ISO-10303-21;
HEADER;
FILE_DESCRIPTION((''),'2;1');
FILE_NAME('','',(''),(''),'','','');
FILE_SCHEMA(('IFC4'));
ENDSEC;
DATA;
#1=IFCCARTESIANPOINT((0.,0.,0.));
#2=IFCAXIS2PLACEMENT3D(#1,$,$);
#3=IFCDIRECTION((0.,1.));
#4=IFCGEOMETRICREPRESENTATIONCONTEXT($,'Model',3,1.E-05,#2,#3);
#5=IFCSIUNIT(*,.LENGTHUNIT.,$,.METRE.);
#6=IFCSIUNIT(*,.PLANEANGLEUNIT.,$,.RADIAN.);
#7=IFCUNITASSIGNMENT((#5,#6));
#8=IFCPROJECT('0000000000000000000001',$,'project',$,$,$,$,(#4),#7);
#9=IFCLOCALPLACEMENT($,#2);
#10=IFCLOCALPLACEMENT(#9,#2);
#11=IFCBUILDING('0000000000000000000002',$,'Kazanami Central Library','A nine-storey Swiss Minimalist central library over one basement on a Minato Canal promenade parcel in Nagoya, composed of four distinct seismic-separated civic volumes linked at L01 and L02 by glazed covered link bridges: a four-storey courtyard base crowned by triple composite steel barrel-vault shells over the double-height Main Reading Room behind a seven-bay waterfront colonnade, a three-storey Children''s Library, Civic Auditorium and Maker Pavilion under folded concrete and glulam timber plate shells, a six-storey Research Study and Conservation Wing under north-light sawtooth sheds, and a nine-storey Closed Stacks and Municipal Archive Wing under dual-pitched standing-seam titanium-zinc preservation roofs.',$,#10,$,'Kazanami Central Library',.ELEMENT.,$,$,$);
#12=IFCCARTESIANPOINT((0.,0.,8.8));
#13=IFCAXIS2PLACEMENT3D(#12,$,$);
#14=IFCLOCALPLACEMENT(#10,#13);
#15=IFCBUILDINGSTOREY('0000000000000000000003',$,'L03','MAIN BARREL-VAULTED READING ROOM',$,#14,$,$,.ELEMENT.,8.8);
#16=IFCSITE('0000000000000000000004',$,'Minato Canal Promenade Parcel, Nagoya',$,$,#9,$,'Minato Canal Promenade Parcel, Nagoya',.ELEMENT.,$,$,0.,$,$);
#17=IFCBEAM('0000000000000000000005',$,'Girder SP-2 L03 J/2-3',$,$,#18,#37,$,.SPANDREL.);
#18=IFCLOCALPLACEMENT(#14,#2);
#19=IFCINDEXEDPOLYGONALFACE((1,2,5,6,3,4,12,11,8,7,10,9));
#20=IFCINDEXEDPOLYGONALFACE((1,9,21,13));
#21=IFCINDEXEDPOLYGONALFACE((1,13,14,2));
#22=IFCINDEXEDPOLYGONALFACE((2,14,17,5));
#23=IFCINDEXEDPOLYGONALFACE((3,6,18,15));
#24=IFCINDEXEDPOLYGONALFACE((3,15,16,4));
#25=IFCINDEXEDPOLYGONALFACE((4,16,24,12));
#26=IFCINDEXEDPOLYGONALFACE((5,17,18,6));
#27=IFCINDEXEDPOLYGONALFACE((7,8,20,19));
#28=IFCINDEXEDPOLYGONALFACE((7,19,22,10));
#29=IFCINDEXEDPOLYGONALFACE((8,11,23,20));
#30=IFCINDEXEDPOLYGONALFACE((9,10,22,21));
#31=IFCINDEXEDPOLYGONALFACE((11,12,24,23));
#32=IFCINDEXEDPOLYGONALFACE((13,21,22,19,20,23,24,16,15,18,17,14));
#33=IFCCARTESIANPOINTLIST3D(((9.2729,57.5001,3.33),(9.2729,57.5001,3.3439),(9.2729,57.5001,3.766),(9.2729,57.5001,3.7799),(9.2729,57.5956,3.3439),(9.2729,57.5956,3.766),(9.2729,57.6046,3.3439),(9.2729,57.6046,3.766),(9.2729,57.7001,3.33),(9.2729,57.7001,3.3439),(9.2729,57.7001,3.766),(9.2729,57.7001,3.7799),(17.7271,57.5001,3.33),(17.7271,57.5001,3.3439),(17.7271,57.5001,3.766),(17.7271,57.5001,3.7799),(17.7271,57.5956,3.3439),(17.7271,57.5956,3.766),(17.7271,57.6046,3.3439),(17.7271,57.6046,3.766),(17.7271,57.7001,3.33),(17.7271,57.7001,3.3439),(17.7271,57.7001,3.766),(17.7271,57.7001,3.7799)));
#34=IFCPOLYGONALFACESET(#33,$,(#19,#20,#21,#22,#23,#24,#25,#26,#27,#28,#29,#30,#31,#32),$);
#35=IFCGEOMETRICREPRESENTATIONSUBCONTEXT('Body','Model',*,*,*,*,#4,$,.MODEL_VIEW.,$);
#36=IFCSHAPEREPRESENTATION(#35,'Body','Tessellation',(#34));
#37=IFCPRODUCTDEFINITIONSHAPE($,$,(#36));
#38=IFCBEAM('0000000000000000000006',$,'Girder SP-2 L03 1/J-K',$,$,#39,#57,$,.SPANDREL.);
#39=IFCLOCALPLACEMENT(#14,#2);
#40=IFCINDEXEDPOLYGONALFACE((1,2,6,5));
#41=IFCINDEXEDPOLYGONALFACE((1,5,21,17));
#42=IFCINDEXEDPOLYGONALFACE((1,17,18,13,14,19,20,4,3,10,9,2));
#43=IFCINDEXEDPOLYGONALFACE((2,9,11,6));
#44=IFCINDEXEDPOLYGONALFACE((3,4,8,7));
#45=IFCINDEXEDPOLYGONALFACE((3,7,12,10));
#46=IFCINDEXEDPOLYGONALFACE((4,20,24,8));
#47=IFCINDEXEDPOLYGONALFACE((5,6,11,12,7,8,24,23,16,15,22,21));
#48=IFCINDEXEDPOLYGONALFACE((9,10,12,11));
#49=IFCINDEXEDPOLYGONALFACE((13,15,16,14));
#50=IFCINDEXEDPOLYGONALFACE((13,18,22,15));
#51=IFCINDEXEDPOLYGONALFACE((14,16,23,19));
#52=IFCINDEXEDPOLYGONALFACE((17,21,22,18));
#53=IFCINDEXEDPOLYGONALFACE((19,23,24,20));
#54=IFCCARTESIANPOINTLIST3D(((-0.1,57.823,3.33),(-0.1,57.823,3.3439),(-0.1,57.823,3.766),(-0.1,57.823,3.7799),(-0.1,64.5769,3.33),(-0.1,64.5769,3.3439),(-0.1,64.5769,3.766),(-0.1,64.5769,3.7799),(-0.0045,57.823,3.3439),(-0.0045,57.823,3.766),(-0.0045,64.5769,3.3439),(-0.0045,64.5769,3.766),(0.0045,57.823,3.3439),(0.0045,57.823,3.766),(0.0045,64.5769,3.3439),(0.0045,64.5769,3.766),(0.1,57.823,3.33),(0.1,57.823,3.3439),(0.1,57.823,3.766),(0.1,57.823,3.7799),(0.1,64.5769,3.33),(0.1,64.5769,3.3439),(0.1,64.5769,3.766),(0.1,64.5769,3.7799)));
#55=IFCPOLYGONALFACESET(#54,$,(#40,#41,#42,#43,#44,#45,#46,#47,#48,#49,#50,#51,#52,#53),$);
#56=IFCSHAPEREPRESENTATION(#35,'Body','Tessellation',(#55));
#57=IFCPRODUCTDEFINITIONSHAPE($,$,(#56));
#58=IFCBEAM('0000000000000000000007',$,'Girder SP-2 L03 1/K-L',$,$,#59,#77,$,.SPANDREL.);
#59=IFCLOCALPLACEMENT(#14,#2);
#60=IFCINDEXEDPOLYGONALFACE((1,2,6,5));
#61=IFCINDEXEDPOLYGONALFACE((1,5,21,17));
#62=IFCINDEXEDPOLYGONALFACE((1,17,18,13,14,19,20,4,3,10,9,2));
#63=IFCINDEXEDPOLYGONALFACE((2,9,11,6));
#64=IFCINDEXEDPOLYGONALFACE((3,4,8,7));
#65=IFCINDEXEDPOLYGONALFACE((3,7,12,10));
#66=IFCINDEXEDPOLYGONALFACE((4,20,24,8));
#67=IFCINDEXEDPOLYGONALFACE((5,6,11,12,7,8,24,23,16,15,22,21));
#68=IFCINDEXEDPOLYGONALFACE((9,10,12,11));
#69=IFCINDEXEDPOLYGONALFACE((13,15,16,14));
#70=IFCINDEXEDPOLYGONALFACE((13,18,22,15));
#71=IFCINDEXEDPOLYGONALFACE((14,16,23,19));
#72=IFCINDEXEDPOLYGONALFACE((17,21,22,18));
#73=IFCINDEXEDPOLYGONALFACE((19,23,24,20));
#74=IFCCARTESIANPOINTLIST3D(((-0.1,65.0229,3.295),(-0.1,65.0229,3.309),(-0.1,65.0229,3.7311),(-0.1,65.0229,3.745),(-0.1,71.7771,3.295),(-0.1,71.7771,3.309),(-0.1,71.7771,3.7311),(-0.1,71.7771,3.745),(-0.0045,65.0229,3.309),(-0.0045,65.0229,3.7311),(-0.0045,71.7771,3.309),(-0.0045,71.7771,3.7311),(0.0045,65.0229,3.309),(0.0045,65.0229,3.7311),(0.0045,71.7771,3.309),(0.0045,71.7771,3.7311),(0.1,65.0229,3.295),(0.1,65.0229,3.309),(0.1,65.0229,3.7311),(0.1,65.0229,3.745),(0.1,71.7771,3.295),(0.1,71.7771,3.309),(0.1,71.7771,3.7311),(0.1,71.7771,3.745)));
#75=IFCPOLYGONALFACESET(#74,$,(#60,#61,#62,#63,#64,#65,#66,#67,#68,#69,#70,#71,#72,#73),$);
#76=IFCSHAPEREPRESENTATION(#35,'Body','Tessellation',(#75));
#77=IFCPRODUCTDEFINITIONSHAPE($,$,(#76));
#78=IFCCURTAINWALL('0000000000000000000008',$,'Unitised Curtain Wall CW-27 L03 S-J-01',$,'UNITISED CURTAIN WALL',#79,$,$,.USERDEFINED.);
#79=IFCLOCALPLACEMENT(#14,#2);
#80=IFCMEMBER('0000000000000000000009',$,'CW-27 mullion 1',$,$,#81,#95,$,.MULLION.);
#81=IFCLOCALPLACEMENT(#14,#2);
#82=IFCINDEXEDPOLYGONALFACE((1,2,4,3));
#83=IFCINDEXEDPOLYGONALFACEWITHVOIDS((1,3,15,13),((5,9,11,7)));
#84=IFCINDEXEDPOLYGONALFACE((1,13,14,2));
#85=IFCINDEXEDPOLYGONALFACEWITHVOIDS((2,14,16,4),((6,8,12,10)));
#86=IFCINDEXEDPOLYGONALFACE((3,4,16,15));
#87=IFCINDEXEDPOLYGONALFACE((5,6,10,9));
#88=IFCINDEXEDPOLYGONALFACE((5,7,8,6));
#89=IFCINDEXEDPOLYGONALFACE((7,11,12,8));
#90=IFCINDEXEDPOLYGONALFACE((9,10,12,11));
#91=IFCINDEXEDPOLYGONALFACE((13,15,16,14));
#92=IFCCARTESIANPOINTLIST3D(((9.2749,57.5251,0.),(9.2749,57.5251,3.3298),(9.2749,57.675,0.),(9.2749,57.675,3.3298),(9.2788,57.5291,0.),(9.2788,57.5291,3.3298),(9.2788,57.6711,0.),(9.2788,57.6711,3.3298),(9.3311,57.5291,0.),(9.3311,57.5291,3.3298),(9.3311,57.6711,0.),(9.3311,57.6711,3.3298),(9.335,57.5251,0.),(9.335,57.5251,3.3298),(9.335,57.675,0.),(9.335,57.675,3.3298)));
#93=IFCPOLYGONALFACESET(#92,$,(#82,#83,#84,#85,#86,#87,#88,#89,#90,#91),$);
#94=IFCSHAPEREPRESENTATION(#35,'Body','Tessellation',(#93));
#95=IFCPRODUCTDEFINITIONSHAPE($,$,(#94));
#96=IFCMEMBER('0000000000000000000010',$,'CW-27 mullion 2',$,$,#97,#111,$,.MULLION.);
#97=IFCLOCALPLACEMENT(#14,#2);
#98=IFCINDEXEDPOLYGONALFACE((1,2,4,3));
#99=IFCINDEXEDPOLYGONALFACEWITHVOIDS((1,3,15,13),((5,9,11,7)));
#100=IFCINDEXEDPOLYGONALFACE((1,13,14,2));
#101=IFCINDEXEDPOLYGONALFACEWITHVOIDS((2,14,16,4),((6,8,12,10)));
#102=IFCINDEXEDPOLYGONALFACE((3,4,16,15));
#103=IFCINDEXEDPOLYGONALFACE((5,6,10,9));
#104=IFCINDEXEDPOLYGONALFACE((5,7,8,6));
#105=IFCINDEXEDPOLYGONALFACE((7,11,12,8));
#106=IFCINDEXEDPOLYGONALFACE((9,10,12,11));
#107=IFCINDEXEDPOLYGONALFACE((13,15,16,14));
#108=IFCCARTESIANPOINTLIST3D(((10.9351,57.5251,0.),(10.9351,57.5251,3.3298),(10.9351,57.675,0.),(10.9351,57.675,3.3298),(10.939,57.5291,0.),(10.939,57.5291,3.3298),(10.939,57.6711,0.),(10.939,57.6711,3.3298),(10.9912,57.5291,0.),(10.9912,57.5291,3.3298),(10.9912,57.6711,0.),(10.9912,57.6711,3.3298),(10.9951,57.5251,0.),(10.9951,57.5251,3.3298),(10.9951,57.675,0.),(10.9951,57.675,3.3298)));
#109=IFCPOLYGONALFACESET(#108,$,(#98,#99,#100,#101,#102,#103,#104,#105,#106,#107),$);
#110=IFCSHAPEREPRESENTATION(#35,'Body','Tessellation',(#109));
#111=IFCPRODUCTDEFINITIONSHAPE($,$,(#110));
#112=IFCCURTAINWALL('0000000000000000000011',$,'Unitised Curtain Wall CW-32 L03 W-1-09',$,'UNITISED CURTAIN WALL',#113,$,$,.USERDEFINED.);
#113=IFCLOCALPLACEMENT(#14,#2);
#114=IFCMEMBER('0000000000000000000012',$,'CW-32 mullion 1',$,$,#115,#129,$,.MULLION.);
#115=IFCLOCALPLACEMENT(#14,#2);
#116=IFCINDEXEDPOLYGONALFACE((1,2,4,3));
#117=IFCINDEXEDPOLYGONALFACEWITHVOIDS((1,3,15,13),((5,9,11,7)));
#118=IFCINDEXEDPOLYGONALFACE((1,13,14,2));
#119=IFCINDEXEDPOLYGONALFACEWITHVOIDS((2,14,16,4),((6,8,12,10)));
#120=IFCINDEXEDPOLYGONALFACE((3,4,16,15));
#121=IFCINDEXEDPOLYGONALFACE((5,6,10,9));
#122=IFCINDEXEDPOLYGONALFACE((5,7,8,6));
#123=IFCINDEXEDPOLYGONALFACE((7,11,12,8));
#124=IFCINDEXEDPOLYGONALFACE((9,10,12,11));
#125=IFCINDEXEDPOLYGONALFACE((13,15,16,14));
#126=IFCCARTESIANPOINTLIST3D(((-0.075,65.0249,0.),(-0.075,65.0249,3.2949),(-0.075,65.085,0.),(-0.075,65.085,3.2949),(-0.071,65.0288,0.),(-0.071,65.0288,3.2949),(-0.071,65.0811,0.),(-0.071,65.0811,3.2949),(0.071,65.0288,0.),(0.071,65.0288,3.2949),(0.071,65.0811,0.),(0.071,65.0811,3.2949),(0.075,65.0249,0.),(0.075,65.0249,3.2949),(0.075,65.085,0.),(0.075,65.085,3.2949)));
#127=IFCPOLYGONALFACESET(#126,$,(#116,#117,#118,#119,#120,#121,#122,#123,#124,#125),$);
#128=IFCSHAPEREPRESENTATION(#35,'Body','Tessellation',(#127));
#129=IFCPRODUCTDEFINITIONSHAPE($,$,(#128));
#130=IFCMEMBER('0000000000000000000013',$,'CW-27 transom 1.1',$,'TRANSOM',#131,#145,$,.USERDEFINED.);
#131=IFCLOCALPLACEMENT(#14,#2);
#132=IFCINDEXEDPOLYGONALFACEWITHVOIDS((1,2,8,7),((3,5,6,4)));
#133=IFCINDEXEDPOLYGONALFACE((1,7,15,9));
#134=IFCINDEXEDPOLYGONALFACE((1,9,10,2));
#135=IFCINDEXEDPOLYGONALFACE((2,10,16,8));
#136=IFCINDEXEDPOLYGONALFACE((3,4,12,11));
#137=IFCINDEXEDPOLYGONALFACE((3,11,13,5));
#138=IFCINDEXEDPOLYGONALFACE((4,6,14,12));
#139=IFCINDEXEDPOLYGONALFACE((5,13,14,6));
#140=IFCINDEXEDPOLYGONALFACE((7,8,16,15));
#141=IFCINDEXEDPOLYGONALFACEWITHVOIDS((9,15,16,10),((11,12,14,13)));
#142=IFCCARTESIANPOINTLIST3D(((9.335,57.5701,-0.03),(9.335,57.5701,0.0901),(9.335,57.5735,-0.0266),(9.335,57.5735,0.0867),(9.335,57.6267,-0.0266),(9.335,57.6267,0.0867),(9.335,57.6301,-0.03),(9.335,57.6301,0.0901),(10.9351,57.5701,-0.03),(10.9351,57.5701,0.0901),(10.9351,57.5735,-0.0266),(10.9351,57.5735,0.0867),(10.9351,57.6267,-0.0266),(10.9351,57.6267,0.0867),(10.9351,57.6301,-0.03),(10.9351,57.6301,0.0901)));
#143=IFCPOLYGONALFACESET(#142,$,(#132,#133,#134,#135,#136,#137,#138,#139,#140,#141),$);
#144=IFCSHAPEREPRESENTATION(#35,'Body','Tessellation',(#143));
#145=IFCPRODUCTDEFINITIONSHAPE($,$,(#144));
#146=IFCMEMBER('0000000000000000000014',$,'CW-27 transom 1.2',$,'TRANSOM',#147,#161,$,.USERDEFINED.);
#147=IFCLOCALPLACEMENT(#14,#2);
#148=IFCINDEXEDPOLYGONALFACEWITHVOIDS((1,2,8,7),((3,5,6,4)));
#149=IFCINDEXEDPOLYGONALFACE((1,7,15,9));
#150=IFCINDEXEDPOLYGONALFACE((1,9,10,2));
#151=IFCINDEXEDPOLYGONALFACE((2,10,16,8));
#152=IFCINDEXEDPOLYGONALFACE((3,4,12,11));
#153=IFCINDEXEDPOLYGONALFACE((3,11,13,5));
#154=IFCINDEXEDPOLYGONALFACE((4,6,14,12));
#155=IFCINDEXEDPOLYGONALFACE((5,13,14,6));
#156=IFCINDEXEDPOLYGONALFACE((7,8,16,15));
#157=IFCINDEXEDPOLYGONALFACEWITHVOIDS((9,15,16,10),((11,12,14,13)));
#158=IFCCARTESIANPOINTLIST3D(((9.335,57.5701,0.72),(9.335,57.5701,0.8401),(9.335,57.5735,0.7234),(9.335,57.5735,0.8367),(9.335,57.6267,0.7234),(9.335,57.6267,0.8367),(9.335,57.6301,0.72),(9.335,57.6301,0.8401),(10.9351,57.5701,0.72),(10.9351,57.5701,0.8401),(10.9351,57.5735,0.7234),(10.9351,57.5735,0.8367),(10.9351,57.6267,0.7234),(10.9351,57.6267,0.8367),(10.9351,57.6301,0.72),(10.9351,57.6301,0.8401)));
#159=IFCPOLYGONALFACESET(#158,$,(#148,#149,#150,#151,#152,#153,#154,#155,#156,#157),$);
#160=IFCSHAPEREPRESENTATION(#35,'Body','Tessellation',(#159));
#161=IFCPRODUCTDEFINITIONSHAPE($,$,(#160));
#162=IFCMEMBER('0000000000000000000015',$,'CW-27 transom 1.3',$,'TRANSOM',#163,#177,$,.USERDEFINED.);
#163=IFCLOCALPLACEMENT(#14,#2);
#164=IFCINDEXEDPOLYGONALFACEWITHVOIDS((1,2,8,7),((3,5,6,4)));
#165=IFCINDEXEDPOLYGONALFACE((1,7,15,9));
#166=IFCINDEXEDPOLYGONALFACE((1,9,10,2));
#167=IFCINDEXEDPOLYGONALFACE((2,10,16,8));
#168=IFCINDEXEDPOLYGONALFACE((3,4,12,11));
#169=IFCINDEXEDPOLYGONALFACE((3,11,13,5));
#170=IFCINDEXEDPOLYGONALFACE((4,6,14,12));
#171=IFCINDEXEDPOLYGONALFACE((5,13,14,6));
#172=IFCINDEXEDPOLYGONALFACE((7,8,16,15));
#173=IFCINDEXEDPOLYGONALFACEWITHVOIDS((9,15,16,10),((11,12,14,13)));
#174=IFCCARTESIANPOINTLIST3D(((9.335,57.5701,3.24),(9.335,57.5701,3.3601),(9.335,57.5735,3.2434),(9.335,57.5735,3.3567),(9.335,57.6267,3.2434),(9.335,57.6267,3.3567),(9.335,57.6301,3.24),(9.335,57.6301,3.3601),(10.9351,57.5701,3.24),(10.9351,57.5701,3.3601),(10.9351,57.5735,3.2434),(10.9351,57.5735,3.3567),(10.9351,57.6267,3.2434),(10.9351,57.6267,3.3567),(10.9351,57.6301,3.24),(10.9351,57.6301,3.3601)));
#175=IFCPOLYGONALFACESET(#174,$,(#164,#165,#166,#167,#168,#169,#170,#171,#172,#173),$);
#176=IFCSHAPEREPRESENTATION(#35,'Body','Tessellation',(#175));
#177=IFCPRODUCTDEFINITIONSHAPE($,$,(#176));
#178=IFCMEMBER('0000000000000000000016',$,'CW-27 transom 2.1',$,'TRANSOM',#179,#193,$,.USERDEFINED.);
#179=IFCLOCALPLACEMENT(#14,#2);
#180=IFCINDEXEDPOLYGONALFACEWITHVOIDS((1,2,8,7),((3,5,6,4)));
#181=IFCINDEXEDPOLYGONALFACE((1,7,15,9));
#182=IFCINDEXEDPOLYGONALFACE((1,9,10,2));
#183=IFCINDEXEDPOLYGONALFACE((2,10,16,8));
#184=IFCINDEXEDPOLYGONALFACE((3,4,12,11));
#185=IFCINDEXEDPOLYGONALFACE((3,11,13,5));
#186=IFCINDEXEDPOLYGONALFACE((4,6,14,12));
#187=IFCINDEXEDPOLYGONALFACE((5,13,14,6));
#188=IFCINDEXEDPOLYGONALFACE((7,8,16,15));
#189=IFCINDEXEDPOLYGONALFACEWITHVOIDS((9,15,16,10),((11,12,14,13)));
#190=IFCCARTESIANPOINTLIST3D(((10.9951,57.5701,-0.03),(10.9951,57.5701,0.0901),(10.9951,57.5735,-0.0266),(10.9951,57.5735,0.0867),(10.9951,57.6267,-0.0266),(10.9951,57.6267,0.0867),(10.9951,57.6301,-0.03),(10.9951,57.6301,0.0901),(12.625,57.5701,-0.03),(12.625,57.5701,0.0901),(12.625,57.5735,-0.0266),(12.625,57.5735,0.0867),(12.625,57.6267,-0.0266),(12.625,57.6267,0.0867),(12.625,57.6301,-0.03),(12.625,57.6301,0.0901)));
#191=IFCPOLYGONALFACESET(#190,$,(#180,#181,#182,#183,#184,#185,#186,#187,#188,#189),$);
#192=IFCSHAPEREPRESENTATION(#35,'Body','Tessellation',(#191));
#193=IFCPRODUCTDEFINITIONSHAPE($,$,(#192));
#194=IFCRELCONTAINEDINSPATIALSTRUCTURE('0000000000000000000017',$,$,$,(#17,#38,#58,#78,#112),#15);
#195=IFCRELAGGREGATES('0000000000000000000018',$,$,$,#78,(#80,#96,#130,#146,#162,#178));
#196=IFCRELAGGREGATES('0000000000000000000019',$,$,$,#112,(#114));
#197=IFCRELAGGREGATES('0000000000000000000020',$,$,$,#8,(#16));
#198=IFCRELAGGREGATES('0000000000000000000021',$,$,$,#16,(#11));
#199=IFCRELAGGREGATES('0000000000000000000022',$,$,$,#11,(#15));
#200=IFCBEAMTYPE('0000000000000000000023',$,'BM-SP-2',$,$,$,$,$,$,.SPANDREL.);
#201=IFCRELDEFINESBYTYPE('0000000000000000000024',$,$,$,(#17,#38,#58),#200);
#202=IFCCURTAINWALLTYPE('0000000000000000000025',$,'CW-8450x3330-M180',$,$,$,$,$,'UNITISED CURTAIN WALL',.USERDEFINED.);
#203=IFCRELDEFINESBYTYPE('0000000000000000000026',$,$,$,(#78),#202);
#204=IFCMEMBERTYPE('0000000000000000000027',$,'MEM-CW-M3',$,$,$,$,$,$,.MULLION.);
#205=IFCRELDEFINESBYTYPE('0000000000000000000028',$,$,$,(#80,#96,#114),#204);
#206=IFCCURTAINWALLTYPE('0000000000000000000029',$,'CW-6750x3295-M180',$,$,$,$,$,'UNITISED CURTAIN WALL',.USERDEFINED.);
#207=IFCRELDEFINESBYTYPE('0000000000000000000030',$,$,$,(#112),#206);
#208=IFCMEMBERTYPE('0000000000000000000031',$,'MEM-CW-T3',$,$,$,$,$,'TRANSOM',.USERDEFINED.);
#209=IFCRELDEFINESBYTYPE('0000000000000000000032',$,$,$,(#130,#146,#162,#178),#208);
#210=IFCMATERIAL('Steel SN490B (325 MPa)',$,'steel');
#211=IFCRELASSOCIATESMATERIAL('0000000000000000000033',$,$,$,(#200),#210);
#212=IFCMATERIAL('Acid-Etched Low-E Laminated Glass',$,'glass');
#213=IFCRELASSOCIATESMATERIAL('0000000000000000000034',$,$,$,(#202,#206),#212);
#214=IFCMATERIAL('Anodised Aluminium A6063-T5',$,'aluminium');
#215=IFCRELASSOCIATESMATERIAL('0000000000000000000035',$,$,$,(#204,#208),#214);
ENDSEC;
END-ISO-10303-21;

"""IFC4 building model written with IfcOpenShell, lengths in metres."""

from ifc_helpers import new_model, si_unit, direction, frame, origin, origin_2d, place, context, subcontext, project, spatial, hollow_rectangle, i_section, extrude, material, material_profile, profile_set, type_object, element, aggregate, save


model = new_model("IFC4")

# Units and contexts
model_context = context("Model", 3, precision=1e-05, world=origin(), true_north=direction((0.0, 1.0)))
body_context = subcontext(model_context, "Body", "Model", "MODEL_VIEW")
ifc_project = project(units=[si_unit("LENGTHUNIT", "METRE"), si_unit("PLANEANGLEUNIT", "RADIAN")], contexts=[model_context])

# Site, building, storey
site_placement = place(None, origin())
site = spatial("IfcSite", under=ifc_project, at=site_placement, Name="Minato Canal Promenade Parcel, Nagoya", LongName="Minato Canal Promenade Parcel, Nagoya", CompositionType="ELEMENT", RefElevation=0.0)
building_placement = place(site_placement, origin())
building = spatial("IfcBuilding", under=site, at=building_placement, Name="Kazanami Central Library", Description="A nine-storey Swiss Minimalist central library over one basement on a Minato Canal promenade parcel in Nagoya, composed of four distinct seismic-separated civic volumes linked at L01 and L02 by glazed covered link bridges: a four-storey courtyard base crowned by triple composite steel barrel-vault shells over the double-height Main Reading Room behind a seven-bay waterfront colonnade, a three-storey Children's Library, Civic Auditorium and Maker Pavilion under folded concrete and glulam timber plate shells, a six-storey Research Study and Conservation Wing under north-light sawtooth sheds, and a nine-storey Closed Stacks and Municipal Archive Wing under dual-pitched standing-seam titanium-zinc preservation roofs.", LongName="Kazanami Central Library", CompositionType="ELEMENT")
storey_placement = place(building_placement, frame((0.0, 0.0, 8.8)))
storey = spatial("IfcBuildingStorey", under=building, at=storey_placement, Name="L03", Description="MAIN BARREL-VAULTED READING ROOM", CompositionType="ELEMENT", Elevation=8.8)

# Beams
ifc_material_1 = material(Name="Steel SN490B (325 MPa)", Category="steel")
ifc_material_profile_1 = material_profile(ifc_material_1, i_section(OverallWidth=0.2, OverallDepth=0.45, WebThickness=0.009, FlangeThickness=0.0139, at=origin_2d()), Name="H-450x200x9x14")
ifc_profile_set_1 = profile_set([ifc_material_profile_1], Name="Steel SN490B (325 MPa)")
beam_type_1 = type_object("IfcBeamType", Name="BM-SP-2", PredefinedType="SPANDREL", material=ifc_profile_set_1)
beam_1_placement = place(storey_placement, frame((9.2729, 57.6001, 3.5549), z_axis=(1.0, 0.0, 0.0), x_axis=(0.0, 1.0, 0.0)))
element("IfcBeam", 1, at=beam_1_placement, inside=storey, type_object=beam_type_1, Name="Girder SP-2 L03 J/2-3", PredefinedType="SPANDREL", context=body_context, shape_type="SweptSolid", body=[
    extrude(i_section(OverallWidth=0.2, OverallDepth=0.45, WebThickness=0.009, FlangeThickness=0.0139, at=origin_2d()), origin(), (0.0, 0.0, 1.0), 8.4541),
])
beam_2_placement = place(storey_placement, frame((0.0, 57.823, 3.5549), z_axis=(0.0, 1.0, 0.0), x_axis=(-1.0, 0.0, 0.0)))
element("IfcBeam", 2, at=beam_2_placement, inside=storey, type_object=beam_type_1, Name="Girder SP-2 L03 1/J-K", PredefinedType="SPANDREL", context=body_context, shape_type="SweptSolid", body=[
    extrude(i_section(OverallWidth=0.2, OverallDepth=0.45, WebThickness=0.009, FlangeThickness=0.0139, at=origin_2d()), origin(), (0.0, 0.0, 1.0), 6.7539),
])
beam_3_placement = place(storey_placement, frame((0.0, 65.0229, 3.52), z_axis=(0.0, 1.0, 0.0), x_axis=(-1.0, 0.0, 0.0)))
element("IfcBeam", 3, at=beam_3_placement, inside=storey, type_object=beam_type_1, Name="Girder SP-2 L03 1/K-L", PredefinedType="SPANDREL", context=body_context, shape_type="SweptSolid", body=[
    extrude(i_section(OverallWidth=0.2, OverallDepth=0.45, WebThickness=0.009, FlangeThickness=0.0139, at=origin_2d()), origin(), (0.0, 0.0, 1.0), 6.7542),
])

# Curtain wall, members
ifc_material_2 = material(Name="Acid-Etched Low-E Laminated Glass", Category="glass")
curtain_wall_type_1 = type_object("IfcCurtainWallType", Name="CW-8450x3330-M180", ElementType="UNITISED CURTAIN WALL", PredefinedType="USERDEFINED", material=ifc_material_2)
curtain_wall_1_placement = place(storey_placement, origin())
curtain_wall_1 = element("IfcCurtainWall", 4, at=curtain_wall_1_placement, inside=storey, type_object=curtain_wall_type_1, Name="Unitised Curtain Wall CW-27 L03 S-J-01", ObjectType="UNITISED CURTAIN WALL", PredefinedType="USERDEFINED")
ifc_material_3 = material(Name="Anodised Aluminium A6063-T5", Category="aluminium")
ifc_material_profile_2 = material_profile(ifc_material_3, hollow_rectangle(XDim=0.0601, YDim=0.1499, WallThickness=0.0039, at=origin_2d()), Name="ALU-MULL-60x150x4")
ifc_profile_set_2 = profile_set([ifc_material_profile_2], Name="Anodised Aluminium A6063-T5")
member_type_1 = type_object("IfcMemberType", Name="MEM-CW-M3", PredefinedType="MULLION", material=ifc_profile_set_2)
member_1_placement = place(storey_placement, frame((9.3049, 57.6001, 0.0), z_axis=(0.0, 0.0, 1.0), x_axis=(1.0, 0.0, 0.0)))
member_1 = element("IfcMember", 5, at=member_1_placement, type_object=member_type_1, Name="CW-27 mullion 1", PredefinedType="MULLION", context=body_context, shape_type="SweptSolid", body=[
    extrude(hollow_rectangle(XDim=0.0601, YDim=0.1499, WallThickness=0.0039, at=origin_2d()), origin(), (0.0, 0.0, 1.0), 3.3298),
])
member_2_placement = place(storey_placement, frame((10.9651, 57.6001, 0.0), z_axis=(0.0, 0.0, 1.0), x_axis=(1.0, 0.0, 0.0)))
member_2 = element("IfcMember", 6, at=member_2_placement, type_object=member_type_1, Name="CW-27 mullion 2", PredefinedType="MULLION", context=body_context, shape_type="SweptSolid", body=[
    extrude(hollow_rectangle(XDim=0.0601, YDim=0.1499, WallThickness=0.0039, at=origin_2d()), origin(), (0.0, 0.0, 1.0), 3.3298),
])

# Curtain wall, member
curtain_wall_type_2 = type_object("IfcCurtainWallType", Name="CW-6750x3295-M180", ElementType="UNITISED CURTAIN WALL", PredefinedType="USERDEFINED", material=ifc_material_2)
curtain_wall_2_placement = place(storey_placement, origin())
curtain_wall_2 = element("IfcCurtainWall", 7, at=curtain_wall_2_placement, inside=storey, type_object=curtain_wall_type_2, Name="Unitised Curtain Wall CW-32 L03 W-1-09", ObjectType="UNITISED CURTAIN WALL", PredefinedType="USERDEFINED")
member_3_placement = place(storey_placement, frame((0.0, 65.0549, 0.0), z_axis=(0.0, 0.0, 1.0), x_axis=(0.0, 1.0, 0.0)))
member_3 = element("IfcMember", 8, at=member_3_placement, type_object=member_type_1, Name="CW-32 mullion 1", PredefinedType="MULLION", context=body_context, shape_type="SweptSolid", body=[
    extrude(hollow_rectangle(XDim=0.0601, YDim=0.1499, WallThickness=0.0039, at=origin_2d()), origin(), (0.0, 0.0, 1.0), 3.2949),
])

# Members
ifc_material_profile_3 = material_profile(ifc_material_3, hollow_rectangle(XDim=0.0601, YDim=0.1201, WallThickness=0.0034, at=origin_2d()), Name="ALU-TRAN-60x120x3.5")
ifc_profile_set_3 = profile_set([ifc_material_profile_3], Name="Anodised Aluminium A6063-T5")
member_type_2 = type_object("IfcMemberType", Name="MEM-CW-T3", ElementType="TRANSOM", PredefinedType="USERDEFINED", material=ifc_profile_set_3)
member_4_placement = place(storey_placement, frame((9.335, 57.6001, 0.03), z_axis=(1.0, 0.0, 0.0), x_axis=(0.0, 1.0, 0.0)))
member_4 = element("IfcMember", 9, at=member_4_placement, type_object=member_type_2, Name="CW-27 transom 1.1", ObjectType="TRANSOM", PredefinedType="USERDEFINED", context=body_context, shape_type="SweptSolid", body=[
    extrude(hollow_rectangle(XDim=0.0601, YDim=0.1201, WallThickness=0.0034, at=origin_2d()), origin(), (0.0, 0.0, 1.0), 1.6001),
])
member_5_placement = place(storey_placement, frame((9.335, 57.6001, 0.78), z_axis=(1.0, 0.0, 0.0), x_axis=(0.0, 1.0, 0.0)))
member_5 = element("IfcMember", 10, at=member_5_placement, type_object=member_type_2, Name="CW-27 transom 1.2", ObjectType="TRANSOM", PredefinedType="USERDEFINED", context=body_context, shape_type="SweptSolid", body=[
    extrude(hollow_rectangle(XDim=0.0601, YDim=0.1201, WallThickness=0.0034, at=origin_2d()), origin(), (0.0, 0.0, 1.0), 1.6001),
])
member_6_placement = place(storey_placement, frame((9.335, 57.6001, 3.3), z_axis=(1.0, 0.0, 0.0), x_axis=(0.0, 1.0, 0.0)))
member_6 = element("IfcMember", 11, at=member_6_placement, type_object=member_type_2, Name="CW-27 transom 1.3", ObjectType="TRANSOM", PredefinedType="USERDEFINED", context=body_context, shape_type="SweptSolid", body=[
    extrude(hollow_rectangle(XDim=0.0601, YDim=0.1201, WallThickness=0.0034, at=origin_2d()), origin(), (0.0, 0.0, 1.0), 1.6001),
])
member_7_placement = place(storey_placement, frame((10.9951, 57.6001, 0.03), z_axis=(1.0, 0.0, 0.0), x_axis=(0.0, 1.0, 0.0)))
member_7 = element("IfcMember", 12, at=member_7_placement, type_object=member_type_2, Name="CW-27 transom 2.1", ObjectType="TRANSOM", PredefinedType="USERDEFINED", context=body_context, shape_type="SweptSolid", body=[
    extrude(hollow_rectangle(XDim=0.0601, YDim=0.1201, WallThickness=0.0034, at=origin_2d()), origin(), (0.0, 0.0, 1.0), 1.6299),
])

aggregate(curtain_wall_1, [member_1, member_2, member_4, member_5, member_6, member_7])
aggregate(curtain_wall_2, [member_3])

save(model, "model.ifc")
